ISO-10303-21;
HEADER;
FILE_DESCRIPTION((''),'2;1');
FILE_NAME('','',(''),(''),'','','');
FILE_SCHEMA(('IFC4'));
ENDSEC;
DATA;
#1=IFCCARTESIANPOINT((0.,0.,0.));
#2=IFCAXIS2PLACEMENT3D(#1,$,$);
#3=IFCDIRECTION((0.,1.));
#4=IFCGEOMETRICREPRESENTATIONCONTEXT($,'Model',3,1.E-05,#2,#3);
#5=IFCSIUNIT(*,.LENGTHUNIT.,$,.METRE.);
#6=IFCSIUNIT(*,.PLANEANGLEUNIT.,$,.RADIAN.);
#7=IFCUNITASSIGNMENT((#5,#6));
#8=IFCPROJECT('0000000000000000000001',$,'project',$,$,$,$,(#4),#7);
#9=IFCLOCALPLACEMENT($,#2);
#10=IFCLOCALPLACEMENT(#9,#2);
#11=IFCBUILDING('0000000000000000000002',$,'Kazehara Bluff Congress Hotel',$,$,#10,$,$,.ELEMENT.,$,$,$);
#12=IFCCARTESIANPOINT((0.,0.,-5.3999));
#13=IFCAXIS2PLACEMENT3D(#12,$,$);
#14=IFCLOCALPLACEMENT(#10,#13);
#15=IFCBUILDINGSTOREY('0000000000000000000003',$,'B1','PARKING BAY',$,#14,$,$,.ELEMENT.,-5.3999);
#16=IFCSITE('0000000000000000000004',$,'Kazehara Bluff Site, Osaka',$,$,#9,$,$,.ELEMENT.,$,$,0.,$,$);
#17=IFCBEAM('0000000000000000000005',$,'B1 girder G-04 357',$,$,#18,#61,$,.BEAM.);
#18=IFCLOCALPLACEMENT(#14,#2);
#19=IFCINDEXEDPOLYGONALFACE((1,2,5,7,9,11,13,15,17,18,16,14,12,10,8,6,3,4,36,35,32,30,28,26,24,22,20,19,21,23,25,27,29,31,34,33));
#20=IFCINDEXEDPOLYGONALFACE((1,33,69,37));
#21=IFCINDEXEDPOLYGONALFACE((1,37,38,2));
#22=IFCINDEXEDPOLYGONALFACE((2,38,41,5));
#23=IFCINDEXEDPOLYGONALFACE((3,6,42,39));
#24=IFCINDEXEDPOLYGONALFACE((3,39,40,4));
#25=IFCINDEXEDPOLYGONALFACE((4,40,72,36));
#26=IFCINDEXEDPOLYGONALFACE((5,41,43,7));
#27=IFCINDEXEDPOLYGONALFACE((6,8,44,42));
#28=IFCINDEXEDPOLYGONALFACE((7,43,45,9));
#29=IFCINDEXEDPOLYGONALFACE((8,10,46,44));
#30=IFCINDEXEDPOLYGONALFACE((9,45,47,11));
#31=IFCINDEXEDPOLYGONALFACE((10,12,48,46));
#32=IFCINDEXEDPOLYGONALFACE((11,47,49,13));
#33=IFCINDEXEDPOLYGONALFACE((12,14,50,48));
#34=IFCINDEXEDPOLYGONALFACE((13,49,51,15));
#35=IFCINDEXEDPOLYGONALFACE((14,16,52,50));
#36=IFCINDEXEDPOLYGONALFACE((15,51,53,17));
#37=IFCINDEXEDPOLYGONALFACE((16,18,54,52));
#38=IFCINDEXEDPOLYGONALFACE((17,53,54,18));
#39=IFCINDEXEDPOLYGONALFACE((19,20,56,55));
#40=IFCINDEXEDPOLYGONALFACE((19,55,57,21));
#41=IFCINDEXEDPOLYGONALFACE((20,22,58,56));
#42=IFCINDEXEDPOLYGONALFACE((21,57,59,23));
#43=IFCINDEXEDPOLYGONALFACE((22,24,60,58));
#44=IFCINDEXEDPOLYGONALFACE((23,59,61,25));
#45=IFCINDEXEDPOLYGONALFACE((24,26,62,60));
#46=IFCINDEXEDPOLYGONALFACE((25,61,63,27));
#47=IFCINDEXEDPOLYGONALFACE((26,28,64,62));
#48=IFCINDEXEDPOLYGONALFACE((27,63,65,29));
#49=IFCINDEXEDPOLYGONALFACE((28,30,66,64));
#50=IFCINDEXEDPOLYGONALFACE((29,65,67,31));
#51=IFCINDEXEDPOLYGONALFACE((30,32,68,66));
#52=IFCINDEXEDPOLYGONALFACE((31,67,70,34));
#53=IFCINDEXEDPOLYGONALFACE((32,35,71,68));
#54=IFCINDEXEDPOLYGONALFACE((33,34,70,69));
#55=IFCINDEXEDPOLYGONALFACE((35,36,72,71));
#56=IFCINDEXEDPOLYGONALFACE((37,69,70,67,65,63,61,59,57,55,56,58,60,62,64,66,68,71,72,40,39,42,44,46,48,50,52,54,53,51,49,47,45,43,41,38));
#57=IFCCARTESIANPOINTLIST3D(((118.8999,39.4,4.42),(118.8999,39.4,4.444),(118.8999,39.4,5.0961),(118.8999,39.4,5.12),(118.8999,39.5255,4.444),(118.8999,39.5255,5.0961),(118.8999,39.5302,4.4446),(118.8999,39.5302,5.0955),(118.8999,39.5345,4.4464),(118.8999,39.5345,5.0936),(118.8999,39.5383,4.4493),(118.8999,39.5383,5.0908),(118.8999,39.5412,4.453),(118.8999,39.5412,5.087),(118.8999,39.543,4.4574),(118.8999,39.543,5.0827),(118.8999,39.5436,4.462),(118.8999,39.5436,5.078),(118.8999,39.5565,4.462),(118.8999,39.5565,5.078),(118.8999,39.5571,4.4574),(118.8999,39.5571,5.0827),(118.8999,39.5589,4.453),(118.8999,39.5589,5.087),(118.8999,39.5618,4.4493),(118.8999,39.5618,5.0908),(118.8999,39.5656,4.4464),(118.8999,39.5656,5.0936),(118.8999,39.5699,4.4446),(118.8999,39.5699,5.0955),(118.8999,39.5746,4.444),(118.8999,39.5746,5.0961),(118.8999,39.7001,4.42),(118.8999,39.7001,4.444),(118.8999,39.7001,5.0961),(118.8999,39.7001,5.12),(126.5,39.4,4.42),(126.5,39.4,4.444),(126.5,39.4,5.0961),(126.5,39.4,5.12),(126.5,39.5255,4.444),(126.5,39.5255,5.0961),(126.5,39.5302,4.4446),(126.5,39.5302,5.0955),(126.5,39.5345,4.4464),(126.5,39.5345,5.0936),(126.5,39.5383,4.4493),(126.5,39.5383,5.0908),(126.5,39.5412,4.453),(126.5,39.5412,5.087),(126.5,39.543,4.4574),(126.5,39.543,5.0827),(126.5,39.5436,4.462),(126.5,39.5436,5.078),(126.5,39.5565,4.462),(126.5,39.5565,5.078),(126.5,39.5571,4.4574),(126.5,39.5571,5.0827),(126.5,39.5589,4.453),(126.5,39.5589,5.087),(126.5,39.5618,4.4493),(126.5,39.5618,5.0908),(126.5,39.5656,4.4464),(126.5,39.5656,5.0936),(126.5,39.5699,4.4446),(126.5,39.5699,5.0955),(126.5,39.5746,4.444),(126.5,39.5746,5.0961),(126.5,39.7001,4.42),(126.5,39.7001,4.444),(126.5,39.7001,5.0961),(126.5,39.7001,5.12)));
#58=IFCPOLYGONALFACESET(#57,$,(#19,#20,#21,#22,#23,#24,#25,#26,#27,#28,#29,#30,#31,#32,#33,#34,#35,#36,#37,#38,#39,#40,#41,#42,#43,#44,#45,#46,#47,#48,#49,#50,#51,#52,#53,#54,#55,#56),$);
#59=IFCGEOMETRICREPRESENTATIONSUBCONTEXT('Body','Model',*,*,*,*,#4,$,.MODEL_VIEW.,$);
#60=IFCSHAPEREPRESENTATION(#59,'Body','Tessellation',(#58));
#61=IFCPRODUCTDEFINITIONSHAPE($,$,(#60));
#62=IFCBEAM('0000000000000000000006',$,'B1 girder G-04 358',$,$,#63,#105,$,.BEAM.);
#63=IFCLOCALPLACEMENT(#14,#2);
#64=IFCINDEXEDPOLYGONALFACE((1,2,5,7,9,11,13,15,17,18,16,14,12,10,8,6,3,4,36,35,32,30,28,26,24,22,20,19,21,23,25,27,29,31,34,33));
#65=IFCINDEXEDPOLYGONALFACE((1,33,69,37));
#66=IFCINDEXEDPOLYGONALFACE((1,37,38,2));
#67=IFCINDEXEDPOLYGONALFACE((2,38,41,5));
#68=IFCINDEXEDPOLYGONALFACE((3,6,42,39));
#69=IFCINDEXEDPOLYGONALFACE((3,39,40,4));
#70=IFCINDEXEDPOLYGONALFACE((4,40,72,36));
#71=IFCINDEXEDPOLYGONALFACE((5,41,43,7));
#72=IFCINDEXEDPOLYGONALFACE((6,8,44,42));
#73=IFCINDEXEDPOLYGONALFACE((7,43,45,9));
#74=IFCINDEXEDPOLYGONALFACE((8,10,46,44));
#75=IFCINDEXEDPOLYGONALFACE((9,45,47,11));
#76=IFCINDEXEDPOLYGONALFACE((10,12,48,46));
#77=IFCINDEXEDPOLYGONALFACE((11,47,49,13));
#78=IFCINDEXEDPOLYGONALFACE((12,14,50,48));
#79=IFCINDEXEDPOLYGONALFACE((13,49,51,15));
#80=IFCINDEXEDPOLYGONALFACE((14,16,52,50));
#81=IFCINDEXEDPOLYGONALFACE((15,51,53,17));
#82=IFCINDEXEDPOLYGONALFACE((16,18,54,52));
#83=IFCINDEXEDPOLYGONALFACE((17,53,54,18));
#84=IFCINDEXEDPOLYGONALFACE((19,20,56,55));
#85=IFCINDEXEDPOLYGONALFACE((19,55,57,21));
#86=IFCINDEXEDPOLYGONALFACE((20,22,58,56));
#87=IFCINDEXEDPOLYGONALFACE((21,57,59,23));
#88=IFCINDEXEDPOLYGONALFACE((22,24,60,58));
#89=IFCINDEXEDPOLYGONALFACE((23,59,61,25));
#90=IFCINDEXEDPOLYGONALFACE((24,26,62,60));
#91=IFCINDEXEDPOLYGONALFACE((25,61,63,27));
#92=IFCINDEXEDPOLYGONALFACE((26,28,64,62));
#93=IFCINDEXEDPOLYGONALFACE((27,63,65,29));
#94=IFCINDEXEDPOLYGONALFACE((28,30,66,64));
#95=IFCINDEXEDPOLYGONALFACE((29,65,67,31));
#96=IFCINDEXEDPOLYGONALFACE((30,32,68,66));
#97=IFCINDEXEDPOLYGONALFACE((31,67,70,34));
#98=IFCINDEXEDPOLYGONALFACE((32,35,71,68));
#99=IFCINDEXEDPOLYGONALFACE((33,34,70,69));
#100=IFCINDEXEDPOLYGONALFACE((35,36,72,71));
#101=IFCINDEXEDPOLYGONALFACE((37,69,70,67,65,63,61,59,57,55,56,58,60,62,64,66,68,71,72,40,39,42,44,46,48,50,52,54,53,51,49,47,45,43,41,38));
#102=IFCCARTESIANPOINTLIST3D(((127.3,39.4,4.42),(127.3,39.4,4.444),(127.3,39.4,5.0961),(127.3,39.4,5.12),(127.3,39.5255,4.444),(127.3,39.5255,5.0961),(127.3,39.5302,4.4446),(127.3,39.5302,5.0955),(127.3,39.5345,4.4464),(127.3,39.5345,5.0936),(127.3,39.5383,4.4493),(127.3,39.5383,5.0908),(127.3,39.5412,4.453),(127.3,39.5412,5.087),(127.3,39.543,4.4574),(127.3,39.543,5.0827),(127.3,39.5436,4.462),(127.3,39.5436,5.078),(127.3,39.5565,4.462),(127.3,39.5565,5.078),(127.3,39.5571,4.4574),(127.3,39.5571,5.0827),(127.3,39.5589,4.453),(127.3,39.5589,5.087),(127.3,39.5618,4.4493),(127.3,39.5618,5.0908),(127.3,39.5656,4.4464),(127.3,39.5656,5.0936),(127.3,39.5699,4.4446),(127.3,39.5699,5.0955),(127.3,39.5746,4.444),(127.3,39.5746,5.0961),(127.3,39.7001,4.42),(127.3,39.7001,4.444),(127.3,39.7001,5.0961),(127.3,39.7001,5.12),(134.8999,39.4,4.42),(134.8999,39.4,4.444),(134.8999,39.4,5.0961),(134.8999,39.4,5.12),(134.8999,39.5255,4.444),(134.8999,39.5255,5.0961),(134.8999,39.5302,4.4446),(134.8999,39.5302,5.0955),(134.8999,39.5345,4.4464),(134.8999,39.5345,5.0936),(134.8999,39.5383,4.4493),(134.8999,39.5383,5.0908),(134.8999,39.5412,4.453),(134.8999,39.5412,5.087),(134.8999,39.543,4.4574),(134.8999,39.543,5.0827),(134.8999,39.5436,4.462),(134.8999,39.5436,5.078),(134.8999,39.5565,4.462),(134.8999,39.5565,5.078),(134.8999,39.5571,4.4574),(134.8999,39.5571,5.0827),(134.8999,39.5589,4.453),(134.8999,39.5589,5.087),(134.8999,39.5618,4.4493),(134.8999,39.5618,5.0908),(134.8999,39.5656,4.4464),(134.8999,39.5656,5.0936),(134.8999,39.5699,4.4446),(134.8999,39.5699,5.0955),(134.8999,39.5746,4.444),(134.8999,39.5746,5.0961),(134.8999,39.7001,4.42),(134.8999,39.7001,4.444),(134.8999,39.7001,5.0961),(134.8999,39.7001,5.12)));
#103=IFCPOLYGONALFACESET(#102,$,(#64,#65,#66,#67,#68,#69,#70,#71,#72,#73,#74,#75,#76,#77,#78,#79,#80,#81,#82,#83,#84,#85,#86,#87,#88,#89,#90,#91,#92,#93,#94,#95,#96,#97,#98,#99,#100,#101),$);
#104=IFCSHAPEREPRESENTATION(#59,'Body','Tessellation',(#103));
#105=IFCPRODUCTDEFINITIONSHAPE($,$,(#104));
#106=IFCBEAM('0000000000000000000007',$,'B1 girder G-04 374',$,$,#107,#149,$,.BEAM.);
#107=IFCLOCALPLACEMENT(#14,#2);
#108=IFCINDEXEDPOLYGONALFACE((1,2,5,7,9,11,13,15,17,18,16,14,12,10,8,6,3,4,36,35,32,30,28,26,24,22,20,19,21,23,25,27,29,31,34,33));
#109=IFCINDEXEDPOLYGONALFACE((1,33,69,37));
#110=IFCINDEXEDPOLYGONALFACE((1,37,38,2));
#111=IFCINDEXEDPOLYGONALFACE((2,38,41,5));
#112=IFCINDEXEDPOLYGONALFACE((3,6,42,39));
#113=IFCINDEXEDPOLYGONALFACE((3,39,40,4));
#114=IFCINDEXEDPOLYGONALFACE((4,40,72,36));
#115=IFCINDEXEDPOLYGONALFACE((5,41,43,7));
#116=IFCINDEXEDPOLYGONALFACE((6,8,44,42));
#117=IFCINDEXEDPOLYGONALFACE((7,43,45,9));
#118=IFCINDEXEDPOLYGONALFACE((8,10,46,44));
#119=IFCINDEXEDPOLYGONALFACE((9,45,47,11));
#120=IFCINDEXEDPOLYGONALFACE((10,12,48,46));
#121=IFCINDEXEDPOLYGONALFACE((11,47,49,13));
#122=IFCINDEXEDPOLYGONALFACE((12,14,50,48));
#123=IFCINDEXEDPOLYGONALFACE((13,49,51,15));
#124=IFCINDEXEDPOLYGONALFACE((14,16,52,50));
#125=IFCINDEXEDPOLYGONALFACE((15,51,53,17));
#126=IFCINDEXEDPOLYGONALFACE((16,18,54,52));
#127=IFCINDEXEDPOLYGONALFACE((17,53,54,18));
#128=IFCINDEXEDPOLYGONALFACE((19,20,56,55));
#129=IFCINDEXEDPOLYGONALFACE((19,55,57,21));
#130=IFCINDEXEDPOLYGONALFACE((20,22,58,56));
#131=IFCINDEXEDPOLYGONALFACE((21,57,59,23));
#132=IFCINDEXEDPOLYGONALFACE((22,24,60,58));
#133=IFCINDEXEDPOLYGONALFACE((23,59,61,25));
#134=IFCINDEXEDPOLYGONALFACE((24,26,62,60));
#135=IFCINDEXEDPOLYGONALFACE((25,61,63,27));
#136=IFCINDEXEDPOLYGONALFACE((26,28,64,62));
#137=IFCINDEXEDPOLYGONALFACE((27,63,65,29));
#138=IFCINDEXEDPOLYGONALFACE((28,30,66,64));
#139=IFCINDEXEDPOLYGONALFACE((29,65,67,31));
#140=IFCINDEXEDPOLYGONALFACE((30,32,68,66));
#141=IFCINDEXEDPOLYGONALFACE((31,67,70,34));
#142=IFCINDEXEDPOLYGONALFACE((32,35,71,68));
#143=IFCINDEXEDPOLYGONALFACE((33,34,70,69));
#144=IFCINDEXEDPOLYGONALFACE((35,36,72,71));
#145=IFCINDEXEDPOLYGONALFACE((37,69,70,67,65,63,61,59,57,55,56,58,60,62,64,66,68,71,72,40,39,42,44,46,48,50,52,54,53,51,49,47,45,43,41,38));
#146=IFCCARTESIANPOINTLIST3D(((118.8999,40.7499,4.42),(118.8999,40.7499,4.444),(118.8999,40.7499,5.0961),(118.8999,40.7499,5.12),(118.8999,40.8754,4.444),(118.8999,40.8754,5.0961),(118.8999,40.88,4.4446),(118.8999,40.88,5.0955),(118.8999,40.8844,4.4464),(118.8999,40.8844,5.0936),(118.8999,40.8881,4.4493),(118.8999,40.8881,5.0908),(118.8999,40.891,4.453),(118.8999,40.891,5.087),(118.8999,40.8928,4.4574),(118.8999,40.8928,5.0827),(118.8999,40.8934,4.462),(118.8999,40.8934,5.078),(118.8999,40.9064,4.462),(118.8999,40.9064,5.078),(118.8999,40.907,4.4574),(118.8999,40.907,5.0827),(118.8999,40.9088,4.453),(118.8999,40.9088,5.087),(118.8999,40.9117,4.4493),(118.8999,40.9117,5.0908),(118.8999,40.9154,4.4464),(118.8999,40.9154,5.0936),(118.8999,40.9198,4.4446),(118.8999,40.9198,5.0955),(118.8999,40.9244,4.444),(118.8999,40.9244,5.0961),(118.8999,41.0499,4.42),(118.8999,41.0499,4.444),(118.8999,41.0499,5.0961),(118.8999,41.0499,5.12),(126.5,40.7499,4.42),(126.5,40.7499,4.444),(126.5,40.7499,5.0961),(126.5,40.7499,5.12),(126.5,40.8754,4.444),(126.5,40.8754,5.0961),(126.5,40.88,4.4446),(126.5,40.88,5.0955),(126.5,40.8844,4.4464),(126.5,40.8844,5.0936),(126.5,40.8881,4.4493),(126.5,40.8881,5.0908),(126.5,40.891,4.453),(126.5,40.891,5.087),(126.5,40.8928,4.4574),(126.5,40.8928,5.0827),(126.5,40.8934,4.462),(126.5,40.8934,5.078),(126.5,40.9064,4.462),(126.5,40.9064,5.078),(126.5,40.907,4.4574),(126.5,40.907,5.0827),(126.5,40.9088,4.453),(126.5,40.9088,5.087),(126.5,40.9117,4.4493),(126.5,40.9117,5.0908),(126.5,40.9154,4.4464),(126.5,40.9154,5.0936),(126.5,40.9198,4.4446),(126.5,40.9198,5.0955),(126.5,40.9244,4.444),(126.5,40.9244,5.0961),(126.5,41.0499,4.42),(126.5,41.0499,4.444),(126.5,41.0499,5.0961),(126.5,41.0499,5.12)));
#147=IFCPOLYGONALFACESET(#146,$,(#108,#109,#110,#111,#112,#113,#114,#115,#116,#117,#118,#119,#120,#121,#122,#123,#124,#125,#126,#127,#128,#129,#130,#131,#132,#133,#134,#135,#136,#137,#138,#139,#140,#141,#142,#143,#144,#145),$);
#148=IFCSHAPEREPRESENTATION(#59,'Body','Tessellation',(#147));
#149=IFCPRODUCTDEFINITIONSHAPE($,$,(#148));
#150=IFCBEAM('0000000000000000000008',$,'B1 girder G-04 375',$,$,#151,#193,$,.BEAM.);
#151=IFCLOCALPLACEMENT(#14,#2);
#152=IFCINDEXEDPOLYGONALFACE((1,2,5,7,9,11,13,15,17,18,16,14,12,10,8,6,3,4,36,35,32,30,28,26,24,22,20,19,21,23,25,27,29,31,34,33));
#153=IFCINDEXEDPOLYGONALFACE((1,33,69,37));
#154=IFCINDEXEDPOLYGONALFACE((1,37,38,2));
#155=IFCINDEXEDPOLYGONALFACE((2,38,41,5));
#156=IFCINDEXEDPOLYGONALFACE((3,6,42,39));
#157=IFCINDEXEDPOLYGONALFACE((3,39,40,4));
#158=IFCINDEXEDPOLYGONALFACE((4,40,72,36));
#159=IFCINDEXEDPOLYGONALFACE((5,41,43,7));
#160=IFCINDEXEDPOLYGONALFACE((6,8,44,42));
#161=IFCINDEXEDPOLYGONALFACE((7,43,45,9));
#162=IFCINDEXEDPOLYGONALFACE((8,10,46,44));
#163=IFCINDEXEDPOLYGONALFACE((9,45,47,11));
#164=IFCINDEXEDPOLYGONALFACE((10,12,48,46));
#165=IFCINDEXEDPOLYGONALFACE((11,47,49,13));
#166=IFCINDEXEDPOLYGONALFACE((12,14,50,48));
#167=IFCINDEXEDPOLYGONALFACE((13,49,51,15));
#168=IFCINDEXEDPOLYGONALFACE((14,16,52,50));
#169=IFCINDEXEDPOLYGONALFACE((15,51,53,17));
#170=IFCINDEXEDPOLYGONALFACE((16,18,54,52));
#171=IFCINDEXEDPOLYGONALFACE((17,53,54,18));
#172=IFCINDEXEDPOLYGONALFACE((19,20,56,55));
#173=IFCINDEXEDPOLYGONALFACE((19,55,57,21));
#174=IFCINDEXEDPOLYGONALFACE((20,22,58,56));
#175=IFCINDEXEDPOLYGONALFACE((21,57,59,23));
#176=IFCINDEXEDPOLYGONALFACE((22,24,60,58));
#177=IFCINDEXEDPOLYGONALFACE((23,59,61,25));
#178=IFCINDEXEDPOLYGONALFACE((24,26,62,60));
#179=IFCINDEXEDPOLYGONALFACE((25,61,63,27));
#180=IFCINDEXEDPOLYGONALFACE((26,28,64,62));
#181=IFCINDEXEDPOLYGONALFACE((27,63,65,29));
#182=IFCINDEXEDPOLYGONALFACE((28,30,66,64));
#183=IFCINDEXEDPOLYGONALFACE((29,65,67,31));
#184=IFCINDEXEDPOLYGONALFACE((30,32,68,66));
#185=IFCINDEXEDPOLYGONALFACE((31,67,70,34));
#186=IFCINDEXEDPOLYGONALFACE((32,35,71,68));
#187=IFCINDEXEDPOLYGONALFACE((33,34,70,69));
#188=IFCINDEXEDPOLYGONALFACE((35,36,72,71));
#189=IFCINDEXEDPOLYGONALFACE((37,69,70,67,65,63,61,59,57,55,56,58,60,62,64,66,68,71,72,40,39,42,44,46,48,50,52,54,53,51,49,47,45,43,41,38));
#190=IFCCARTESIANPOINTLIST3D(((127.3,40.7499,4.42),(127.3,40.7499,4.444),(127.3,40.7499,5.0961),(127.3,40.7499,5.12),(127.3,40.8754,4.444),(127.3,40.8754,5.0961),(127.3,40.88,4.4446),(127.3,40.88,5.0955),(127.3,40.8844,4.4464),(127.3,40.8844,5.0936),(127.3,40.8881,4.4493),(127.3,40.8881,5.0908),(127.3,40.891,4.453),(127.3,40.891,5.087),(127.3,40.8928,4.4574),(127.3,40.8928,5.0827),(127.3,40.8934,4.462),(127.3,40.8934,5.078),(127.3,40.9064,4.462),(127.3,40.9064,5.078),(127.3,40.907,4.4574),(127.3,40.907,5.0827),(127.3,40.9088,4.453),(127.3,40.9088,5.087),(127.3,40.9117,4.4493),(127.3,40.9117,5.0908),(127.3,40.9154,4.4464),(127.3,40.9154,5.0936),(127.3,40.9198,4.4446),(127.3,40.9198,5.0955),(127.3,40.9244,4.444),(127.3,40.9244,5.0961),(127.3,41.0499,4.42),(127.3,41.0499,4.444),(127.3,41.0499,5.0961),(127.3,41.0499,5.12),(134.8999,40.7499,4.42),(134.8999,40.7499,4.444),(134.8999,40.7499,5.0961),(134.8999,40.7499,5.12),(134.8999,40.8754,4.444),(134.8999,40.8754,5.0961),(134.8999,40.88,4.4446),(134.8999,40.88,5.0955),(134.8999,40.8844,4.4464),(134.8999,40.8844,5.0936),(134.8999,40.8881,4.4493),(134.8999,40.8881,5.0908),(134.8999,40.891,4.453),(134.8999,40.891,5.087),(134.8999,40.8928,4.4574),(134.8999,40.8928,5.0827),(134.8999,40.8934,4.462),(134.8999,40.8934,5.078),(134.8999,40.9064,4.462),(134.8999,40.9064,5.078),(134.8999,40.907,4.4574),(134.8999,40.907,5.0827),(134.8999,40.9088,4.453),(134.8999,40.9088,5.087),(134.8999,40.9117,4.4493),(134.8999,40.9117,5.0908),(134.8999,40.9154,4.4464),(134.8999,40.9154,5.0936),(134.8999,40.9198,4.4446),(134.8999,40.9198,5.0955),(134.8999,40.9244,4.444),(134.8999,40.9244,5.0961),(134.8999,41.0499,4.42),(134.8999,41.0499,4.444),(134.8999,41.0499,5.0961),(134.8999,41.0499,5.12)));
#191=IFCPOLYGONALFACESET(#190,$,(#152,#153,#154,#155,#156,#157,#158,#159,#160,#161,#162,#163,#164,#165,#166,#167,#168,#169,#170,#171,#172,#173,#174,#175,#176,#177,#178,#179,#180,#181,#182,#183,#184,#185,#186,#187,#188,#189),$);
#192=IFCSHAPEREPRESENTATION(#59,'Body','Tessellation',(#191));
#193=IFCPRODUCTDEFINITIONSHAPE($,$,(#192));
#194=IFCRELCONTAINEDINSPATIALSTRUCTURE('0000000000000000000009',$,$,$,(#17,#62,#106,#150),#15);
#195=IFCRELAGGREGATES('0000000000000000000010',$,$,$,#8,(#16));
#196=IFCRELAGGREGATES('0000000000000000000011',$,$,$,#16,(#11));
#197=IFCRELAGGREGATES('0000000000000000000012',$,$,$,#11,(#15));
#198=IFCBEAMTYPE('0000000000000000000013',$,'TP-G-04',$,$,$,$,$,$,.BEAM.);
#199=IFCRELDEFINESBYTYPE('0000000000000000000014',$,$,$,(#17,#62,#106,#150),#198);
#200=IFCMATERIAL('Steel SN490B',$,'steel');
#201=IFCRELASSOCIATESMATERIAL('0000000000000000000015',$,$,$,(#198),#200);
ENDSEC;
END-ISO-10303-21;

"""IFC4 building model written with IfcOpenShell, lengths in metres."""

from ifc_helpers import new_model, si_unit, direction, frame, origin, origin_2d, place, context, subcontext, project, spatial, i_section, extrude, material, material_profile, profile_set, type_object, element, save


model = new_model("IFC4")

# Units and contexts
model_context = context("Model", 3, precision=1e-05, world=origin(), true_north=direction((0.0, 1.0)))
body_context = subcontext(model_context, "Body", "Model", "MODEL_VIEW")
ifc_project = project(units=[si_unit("LENGTHUNIT", "METRE"), si_unit("PLANEANGLEUNIT", "RADIAN")], contexts=[model_context])

# Site, building, storey
site_placement = place(None, origin())
site = spatial("IfcSite", under=ifc_project, at=site_placement, Name="Kazehara Bluff Site, Osaka", CompositionType="ELEMENT", RefElevation=0.0)
building_placement = place(site_placement, origin())
building = spatial("IfcBuilding", under=site, at=building_placement, Name="Kazehara Bluff Congress Hotel", CompositionType="ELEMENT")
storey_placement = place(building_placement, frame((0.0, 0.0, -5.3999)))
storey = spatial("IfcBuildingStorey", under=building, at=storey_placement, Name="B1", Description="PARKING BAY", CompositionType="ELEMENT", Elevation=-5.3999)

# Beams
ifc_material_1 = material(Name="Steel SN490B", Category="steel")
ifc_material_profile_1 = material_profile(ifc_material_1, i_section(OverallWidth=0.3, OverallDepth=0.7, WebThickness=0.0129, FlangeThickness=0.0239, FilletRadius=0.0181, at=origin_2d()))
ifc_profile_set_1 = profile_set([ifc_material_profile_1], Name="Steel SN490B")
beam_type_1 = type_object("IfcBeamType", Name="TP-G-04", PredefinedType="BEAM", material=ifc_profile_set_1)
beam_1_placement = place(storey_placement, frame((118.8999, 39.55, 4.77), z_axis=(1.0, 0.0, 0.0), x_axis=(0.0, 1.0, 0.0)))
element("IfcBeam", 1, at=beam_1_placement, inside=storey, type_object=beam_type_1, Name="B1 girder G-04 357", PredefinedType="BEAM", context=body_context, shape_type="SweptSolid", body=[
    extrude(i_section(OverallWidth=0.3, OverallDepth=0.7, WebThickness=0.0129, FlangeThickness=0.0239, FilletRadius=0.0181, at=origin_2d()), origin(), (0.0, 0.0, 1.0), 7.6001),
])
beam_2_placement = place(storey_placement, frame((127.3, 39.55, 4.77), z_axis=(1.0, 0.0, 0.0), x_axis=(0.0, 1.0, 0.0)))
element("IfcBeam", 2, at=beam_2_placement, inside=storey, type_object=beam_type_1, Name="B1 girder G-04 358", PredefinedType="BEAM", context=body_context, shape_type="SweptSolid", body=[
    extrude(i_section(OverallWidth=0.3, OverallDepth=0.7, WebThickness=0.0129, FlangeThickness=0.0239, FilletRadius=0.0181, at=origin_2d()), origin(), (0.0, 0.0, 1.0), 7.5999),
])
beam_3_placement = place(storey_placement, frame((118.8999, 40.8999, 4.77), z_axis=(1.0, 0.0, 0.0), x_axis=(0.0, 1.0, 0.0)))
element("IfcBeam", 3, at=beam_3_placement, inside=storey, type_object=beam_type_1, Name="B1 girder G-04 374", PredefinedType="BEAM", context=body_context, shape_type="SweptSolid", body=[
    extrude(i_section(OverallWidth=0.3, OverallDepth=0.7, WebThickness=0.0129, FlangeThickness=0.0239, FilletRadius=0.0181, at=origin_2d()), origin(), (0.0, 0.0, 1.0), 7.6001),
])
beam_4_placement = place(storey_placement, frame((127.3, 40.8999, 4.77), z_axis=(1.0, 0.0, 0.0), x_axis=(0.0, 1.0, 0.0)))
element("IfcBeam", 4, at=beam_4_placement, inside=storey, type_object=beam_type_1, Name="B1 girder G-04 375", PredefinedType="BEAM", context=body_context, shape_type="SweptSolid", body=[
    extrude(i_section(OverallWidth=0.3, OverallDepth=0.7, WebThickness=0.0129, FlangeThickness=0.0239, FilletRadius=0.0181, at=origin_2d()), origin(), (0.0, 0.0, 1.0), 7.5999),
])

save(model, "model.ifc")
